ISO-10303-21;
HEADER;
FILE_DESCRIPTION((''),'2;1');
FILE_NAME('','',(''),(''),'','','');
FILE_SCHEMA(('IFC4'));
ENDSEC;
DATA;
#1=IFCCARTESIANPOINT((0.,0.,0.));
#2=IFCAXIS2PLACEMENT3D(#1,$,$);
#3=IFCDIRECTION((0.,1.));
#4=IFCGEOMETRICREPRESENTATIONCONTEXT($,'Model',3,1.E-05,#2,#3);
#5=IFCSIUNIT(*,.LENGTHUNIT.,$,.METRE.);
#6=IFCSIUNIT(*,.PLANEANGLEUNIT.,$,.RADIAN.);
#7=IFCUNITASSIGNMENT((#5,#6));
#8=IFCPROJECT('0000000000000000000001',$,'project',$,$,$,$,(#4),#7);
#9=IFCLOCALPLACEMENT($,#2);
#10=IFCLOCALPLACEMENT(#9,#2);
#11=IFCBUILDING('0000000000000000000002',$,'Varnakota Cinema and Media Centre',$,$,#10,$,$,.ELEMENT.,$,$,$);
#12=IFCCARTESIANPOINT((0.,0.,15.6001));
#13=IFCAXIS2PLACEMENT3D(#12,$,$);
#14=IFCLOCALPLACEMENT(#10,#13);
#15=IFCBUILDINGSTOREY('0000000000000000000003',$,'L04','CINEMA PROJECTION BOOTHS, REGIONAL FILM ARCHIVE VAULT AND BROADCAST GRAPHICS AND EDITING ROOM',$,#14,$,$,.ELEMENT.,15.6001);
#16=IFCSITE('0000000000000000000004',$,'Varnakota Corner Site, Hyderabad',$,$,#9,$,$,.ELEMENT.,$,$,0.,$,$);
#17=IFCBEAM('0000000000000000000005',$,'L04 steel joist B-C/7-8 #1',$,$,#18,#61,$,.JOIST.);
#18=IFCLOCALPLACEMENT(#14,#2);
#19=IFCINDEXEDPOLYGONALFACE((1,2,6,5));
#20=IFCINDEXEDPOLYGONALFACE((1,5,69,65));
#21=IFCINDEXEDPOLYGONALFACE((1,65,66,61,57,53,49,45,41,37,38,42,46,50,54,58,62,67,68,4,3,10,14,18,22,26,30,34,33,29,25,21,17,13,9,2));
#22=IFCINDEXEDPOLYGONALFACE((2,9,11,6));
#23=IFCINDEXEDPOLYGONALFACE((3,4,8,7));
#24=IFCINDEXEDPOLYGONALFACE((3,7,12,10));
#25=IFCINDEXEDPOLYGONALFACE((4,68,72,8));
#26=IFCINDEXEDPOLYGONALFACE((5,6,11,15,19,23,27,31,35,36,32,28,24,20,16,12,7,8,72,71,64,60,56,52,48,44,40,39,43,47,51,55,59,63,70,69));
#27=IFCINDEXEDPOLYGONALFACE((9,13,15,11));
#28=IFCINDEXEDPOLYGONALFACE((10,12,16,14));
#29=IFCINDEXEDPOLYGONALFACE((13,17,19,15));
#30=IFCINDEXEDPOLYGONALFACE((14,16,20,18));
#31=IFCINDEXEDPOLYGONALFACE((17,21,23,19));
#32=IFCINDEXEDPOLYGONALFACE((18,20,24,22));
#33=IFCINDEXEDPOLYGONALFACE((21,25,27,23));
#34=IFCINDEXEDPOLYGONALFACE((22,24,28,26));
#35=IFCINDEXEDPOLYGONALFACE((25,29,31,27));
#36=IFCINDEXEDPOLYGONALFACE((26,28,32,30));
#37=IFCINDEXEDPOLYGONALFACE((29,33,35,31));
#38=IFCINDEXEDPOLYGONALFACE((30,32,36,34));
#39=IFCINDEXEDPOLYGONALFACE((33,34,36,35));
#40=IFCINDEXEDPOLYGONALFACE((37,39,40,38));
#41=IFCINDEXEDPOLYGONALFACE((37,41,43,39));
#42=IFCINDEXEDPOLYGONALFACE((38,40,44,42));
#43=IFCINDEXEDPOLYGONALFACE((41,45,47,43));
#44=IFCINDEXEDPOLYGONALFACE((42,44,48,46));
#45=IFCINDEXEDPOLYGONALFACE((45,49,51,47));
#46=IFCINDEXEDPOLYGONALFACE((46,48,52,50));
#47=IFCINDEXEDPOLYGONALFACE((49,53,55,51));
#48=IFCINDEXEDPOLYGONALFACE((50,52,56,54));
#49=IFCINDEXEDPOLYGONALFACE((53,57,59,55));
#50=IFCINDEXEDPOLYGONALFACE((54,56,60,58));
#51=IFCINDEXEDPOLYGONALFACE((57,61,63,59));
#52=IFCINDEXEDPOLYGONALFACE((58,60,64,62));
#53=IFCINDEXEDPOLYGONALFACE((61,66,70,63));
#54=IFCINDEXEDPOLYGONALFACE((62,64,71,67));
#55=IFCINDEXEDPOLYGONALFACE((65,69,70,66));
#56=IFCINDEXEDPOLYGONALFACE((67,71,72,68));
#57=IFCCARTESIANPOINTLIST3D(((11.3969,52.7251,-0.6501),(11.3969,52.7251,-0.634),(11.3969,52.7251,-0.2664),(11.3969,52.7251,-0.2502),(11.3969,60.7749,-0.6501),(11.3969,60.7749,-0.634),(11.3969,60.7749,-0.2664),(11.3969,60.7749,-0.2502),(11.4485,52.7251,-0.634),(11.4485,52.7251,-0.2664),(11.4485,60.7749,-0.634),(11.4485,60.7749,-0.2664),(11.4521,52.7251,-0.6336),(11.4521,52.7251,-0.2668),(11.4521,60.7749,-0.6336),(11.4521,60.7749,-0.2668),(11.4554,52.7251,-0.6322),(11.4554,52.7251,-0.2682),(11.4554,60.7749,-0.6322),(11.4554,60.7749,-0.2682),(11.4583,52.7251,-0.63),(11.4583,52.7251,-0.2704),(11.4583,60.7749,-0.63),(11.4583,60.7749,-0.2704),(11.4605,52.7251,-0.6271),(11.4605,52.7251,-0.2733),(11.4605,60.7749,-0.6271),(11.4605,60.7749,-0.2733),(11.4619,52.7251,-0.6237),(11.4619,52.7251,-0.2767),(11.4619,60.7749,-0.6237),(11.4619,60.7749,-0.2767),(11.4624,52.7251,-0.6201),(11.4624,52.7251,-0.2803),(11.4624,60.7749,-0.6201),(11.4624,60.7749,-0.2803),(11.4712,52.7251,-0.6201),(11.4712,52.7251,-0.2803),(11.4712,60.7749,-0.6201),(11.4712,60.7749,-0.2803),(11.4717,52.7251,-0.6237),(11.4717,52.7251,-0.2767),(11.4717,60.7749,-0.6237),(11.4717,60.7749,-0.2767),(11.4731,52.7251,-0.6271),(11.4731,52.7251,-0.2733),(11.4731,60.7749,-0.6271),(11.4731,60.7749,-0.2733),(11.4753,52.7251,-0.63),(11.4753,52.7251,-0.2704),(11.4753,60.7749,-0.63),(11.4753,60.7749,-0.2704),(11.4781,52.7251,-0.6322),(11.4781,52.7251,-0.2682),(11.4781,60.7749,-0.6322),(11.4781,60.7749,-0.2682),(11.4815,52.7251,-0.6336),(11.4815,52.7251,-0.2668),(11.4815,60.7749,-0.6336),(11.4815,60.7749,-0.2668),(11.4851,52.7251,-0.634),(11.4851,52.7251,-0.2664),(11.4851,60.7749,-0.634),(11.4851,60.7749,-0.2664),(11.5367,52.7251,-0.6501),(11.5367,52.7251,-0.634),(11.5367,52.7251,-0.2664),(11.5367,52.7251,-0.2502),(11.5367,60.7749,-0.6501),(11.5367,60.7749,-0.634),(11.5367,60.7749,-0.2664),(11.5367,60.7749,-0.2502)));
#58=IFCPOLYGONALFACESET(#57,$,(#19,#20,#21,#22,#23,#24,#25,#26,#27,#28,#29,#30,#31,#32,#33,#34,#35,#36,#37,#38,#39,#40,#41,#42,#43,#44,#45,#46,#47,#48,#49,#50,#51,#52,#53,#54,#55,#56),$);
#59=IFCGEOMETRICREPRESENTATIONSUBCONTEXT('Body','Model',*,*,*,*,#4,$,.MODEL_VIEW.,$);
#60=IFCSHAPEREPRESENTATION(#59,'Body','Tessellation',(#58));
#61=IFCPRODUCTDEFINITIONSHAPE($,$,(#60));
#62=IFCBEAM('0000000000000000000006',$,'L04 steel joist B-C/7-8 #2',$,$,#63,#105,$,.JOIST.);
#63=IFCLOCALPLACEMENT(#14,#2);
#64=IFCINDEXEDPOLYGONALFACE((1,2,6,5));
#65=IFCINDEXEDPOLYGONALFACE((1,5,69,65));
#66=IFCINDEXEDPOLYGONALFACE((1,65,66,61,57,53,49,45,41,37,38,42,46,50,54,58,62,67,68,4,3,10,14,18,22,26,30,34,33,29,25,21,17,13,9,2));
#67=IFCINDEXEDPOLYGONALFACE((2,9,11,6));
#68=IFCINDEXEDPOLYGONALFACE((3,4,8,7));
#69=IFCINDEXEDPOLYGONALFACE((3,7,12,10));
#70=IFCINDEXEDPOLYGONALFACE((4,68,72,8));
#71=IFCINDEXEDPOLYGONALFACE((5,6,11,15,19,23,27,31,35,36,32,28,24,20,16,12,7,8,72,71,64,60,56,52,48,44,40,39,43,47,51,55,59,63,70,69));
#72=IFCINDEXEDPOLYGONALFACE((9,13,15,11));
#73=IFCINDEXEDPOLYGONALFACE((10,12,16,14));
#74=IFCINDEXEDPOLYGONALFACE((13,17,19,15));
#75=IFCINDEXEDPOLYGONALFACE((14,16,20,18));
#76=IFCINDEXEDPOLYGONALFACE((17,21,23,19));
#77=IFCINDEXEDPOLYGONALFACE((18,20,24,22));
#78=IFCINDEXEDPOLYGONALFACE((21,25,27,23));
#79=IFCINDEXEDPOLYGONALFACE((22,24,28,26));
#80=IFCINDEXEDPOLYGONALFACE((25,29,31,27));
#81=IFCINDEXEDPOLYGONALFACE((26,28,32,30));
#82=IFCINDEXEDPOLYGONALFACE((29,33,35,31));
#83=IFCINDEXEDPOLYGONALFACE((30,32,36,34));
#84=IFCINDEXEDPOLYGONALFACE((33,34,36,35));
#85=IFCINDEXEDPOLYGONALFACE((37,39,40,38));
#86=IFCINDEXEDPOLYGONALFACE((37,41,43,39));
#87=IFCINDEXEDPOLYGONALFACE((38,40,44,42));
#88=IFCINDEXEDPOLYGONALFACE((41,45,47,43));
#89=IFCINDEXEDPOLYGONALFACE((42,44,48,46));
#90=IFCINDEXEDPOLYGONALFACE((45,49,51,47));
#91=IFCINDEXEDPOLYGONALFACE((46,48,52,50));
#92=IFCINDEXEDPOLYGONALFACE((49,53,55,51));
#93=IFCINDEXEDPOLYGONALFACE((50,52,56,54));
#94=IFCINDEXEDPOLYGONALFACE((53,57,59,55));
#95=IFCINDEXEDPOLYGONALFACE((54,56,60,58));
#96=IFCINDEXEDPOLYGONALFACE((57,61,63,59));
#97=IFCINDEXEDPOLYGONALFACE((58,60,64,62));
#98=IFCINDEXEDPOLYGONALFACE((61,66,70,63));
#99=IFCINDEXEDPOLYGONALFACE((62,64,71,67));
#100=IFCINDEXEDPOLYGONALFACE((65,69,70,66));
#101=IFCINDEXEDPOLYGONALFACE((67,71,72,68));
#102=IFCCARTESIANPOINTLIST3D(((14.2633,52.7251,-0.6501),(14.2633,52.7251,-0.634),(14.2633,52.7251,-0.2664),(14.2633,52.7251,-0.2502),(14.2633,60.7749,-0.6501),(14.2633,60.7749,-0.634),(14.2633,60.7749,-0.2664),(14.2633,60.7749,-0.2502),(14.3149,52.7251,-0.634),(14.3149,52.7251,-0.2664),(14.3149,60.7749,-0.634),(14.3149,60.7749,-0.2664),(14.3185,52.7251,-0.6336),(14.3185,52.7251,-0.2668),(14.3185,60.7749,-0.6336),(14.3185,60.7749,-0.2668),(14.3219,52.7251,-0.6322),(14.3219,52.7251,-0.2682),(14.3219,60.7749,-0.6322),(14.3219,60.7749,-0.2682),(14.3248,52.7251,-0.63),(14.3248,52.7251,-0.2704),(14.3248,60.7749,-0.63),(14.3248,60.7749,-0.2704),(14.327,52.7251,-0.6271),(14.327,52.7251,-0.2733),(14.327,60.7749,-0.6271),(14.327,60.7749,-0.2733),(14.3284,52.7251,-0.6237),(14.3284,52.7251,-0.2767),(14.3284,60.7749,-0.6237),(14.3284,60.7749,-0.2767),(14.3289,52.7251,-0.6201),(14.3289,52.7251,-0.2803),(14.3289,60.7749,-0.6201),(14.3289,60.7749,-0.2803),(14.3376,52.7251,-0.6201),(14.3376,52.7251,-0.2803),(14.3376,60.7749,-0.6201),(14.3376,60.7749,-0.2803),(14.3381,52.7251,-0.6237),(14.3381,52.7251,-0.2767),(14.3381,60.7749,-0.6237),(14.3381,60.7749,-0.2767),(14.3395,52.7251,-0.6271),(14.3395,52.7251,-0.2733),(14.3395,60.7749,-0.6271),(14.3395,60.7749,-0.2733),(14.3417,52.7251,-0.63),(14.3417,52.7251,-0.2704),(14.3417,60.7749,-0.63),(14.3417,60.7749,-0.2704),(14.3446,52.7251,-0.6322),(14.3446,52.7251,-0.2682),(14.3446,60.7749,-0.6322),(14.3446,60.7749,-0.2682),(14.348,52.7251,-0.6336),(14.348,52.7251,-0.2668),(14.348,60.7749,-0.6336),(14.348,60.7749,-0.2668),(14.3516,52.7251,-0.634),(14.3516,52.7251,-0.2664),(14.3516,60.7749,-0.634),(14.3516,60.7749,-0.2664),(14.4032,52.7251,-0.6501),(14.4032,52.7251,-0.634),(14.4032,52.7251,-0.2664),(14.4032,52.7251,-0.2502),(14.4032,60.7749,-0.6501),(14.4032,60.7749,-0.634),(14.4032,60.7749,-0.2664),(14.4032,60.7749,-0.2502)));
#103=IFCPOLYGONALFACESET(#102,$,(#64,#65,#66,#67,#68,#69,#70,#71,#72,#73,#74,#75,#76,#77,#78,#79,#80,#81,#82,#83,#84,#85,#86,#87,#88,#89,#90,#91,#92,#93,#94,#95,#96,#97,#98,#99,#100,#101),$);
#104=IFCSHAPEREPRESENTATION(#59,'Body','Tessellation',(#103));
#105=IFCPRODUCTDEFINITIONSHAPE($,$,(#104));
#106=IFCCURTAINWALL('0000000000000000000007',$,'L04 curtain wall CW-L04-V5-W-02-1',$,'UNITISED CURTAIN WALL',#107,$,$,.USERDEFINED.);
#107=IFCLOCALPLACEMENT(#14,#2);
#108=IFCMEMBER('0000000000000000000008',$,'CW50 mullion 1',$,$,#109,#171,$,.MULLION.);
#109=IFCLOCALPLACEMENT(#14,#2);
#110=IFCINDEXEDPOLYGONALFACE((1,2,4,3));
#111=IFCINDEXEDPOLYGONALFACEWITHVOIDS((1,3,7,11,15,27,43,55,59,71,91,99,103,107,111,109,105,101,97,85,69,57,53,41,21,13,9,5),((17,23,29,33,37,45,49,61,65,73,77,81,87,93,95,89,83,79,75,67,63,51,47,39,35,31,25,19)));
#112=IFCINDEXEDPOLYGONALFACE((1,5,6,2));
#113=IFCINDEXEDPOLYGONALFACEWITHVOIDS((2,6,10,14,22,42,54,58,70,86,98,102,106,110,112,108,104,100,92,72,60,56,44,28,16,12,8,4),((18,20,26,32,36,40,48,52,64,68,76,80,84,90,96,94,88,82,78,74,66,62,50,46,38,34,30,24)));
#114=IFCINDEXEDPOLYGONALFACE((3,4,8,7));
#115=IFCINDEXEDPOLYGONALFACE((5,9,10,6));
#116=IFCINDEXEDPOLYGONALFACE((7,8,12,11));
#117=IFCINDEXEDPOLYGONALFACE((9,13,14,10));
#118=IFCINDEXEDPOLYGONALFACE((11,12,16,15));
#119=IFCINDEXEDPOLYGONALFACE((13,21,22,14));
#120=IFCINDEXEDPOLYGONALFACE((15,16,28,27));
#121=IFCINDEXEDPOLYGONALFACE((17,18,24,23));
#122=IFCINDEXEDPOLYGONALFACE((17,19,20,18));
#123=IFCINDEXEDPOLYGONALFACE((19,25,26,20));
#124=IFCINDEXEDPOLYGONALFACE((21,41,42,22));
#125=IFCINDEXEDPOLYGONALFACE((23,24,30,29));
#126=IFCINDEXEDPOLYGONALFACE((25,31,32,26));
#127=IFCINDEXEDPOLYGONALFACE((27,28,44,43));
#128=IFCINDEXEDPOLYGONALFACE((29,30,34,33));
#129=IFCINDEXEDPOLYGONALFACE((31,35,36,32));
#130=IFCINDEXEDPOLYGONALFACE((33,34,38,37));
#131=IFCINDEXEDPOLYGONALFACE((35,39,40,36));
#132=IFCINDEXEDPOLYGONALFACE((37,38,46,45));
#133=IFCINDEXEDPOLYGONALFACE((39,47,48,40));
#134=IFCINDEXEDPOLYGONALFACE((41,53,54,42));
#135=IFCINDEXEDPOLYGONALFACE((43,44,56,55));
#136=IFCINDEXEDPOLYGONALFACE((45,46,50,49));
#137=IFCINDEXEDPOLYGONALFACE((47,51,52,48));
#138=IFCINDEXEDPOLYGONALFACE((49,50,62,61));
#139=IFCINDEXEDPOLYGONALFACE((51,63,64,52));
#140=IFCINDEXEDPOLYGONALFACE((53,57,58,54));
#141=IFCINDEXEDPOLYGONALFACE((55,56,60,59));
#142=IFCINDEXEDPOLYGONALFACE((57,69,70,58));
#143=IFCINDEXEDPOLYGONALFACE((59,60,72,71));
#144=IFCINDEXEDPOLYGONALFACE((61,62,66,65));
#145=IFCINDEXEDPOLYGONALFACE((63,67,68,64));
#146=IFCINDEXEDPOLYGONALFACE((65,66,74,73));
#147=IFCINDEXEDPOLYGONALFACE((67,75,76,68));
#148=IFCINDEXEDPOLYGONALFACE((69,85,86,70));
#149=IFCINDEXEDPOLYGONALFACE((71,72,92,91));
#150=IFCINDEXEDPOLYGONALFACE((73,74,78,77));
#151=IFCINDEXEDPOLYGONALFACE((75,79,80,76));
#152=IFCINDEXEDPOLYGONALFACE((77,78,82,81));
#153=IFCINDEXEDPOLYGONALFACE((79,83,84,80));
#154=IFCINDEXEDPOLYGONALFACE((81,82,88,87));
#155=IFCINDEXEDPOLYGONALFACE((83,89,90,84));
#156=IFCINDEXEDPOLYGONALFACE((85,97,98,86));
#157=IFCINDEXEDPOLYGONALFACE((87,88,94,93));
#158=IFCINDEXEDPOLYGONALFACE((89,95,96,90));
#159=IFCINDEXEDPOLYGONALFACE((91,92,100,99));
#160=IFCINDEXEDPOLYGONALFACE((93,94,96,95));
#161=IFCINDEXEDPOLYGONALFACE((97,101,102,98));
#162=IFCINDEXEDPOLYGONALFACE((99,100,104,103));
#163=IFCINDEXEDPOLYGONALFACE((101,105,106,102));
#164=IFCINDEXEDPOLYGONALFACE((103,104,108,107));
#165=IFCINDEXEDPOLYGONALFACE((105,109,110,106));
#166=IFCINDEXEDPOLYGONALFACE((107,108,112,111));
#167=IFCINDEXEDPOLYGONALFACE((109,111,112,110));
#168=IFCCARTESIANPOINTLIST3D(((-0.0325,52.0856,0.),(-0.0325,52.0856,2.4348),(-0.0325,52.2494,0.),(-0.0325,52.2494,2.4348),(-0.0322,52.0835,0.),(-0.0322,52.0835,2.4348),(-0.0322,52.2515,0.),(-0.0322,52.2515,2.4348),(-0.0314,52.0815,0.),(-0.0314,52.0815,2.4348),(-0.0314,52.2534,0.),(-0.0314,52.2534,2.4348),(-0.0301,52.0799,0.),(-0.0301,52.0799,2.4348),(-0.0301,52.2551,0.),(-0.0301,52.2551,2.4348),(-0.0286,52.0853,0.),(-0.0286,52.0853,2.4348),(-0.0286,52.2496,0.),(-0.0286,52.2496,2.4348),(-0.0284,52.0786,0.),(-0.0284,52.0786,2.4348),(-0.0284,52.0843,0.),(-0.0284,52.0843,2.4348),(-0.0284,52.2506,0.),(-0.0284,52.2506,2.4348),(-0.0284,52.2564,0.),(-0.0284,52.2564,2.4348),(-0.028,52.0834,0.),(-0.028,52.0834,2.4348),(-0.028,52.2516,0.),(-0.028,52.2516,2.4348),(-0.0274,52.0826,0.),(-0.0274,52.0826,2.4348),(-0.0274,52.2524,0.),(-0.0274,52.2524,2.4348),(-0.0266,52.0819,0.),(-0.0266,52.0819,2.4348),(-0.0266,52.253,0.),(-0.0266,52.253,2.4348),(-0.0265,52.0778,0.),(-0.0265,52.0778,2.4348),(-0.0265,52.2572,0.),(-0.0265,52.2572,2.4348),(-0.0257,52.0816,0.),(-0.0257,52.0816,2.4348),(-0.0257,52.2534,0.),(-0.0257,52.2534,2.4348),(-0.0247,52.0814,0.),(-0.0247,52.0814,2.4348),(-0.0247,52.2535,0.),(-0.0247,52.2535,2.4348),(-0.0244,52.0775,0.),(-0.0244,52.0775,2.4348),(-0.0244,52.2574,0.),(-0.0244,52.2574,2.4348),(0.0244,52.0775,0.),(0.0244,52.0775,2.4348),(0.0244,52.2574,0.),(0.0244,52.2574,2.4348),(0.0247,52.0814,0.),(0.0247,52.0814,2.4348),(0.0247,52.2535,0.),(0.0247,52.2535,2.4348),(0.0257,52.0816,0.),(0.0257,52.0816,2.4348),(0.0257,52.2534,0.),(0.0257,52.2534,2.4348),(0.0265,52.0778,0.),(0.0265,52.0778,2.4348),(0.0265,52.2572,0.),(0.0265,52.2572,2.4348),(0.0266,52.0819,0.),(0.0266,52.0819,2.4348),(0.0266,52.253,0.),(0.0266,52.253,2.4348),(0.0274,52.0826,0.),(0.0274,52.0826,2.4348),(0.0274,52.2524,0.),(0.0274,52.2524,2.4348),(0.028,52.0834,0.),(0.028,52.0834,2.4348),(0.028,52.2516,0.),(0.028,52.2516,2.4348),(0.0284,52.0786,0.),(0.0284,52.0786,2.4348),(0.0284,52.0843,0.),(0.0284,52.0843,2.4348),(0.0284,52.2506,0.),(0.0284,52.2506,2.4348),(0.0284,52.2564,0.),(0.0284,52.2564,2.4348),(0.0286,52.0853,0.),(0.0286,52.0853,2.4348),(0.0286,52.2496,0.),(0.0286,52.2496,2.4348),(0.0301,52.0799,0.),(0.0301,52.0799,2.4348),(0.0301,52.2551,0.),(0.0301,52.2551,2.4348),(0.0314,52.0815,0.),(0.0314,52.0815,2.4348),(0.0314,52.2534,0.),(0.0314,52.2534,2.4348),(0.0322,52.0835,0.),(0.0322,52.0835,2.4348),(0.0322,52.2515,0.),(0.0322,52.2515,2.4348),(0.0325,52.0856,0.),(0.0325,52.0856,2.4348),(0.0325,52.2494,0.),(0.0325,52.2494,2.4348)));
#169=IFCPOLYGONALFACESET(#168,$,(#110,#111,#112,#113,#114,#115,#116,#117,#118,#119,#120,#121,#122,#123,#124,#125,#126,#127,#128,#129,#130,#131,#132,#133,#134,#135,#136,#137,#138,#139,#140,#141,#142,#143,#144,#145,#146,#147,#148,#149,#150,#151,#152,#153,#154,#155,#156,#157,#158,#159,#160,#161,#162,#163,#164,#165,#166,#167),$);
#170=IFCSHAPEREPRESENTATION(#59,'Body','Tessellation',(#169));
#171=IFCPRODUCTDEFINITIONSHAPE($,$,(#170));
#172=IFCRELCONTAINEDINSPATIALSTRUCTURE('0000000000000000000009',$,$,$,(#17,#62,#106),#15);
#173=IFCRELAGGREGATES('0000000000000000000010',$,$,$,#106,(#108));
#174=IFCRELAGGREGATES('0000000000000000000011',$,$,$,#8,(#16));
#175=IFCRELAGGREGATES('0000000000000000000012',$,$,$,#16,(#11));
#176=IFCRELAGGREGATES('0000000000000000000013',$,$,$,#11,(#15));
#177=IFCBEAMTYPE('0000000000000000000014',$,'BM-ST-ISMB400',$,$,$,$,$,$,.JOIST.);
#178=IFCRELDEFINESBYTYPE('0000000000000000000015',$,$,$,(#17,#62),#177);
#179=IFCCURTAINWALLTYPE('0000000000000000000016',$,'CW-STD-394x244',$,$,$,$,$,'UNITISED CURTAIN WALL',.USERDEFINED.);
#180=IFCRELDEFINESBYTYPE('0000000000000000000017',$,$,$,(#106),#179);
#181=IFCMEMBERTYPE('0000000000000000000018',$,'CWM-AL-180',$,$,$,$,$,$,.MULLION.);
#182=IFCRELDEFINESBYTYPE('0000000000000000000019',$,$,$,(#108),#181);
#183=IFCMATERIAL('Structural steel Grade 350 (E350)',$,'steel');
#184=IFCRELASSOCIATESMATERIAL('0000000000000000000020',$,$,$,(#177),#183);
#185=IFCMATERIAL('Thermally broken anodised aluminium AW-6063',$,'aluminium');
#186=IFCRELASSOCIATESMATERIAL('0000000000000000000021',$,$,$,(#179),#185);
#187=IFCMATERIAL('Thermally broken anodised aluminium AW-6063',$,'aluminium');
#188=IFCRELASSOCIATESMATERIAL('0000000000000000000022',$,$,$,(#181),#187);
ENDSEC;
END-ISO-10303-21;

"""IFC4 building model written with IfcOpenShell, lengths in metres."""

from ifc_helpers import new_model, si_unit, direction, frame, origin, origin_2d, place, context, subcontext, project, spatial, hollow_rectangle, i_section, extrude, material, material_profile, profile_set, type_object, element, aggregate, save


model = new_model("IFC4")

# Units and contexts
model_context = context("Model", 3, precision=1e-05, world=origin(), true_north=direction((0.0, 1.0)))
body_context = subcontext(model_context, "Body", "Model", "MODEL_VIEW")
ifc_project = project(units=[si_unit("LENGTHUNIT", "METRE"), si_unit("PLANEANGLEUNIT", "RADIAN")], contexts=[model_context])

# Site, building, storey
site_placement = place(None, origin())
site = spatial("IfcSite", under=ifc_project, at=site_placement, Name="Varnakota Corner Site, Hyderabad", CompositionType="ELEMENT", RefElevation=0.0)
building_placement = place(site_placement, origin())
building = spatial("IfcBuilding", under=site, at=building_placement, Name="Varnakota Cinema and Media Centre", CompositionType="ELEMENT")
storey_placement = place(building_placement, frame((0.0, 0.0, 15.6001)))
storey = spatial("IfcBuildingStorey", under=building, at=storey_placement, Name="L04", Description="CINEMA PROJECTION BOOTHS, REGIONAL FILM ARCHIVE VAULT AND BROADCAST GRAPHICS AND EDITING ROOM", CompositionType="ELEMENT", Elevation=15.6001)

# Beams
ifc_material_1 = material(Name="Structural steel Grade 350 (E350)", Category="steel")
ifc_material_profile_1 = material_profile(ifc_material_1, i_section(OverallWidth=0.1399, OverallDepth=0.3999, WebThickness=0.0088, FlangeThickness=0.0161, FilletRadius=0.0139, at=origin_2d()), Name="ISMB 400")
ifc_profile_set_1 = profile_set([ifc_material_profile_1], Name="Structural steel Grade 350 (E350)")
beam_type_1 = type_object("IfcBeamType", Name="BM-ST-ISMB400", PredefinedType="JOIST", material=ifc_profile_set_1)
for number, where, z_axis, x_axis, name in (
    (1, (11.4668, 52.7251, -0.4502), (0.0, 1.0, 0.0), (-1.0, 0.0, 0.0), "L04 steel joist B-C/7-8 #1"),
    (2, (14.3333, 52.7251, -0.4502), (0.0, 1.0, 0.0), (-1.0, 0.0, 0.0), "L04 steel joist B-C/7-8 #2"),
):
    element("IfcBeam", number, at=place(storey_placement, frame(where, z_axis=z_axis, x_axis=x_axis)), inside=storey, type_object=beam_type_1, Name=name, PredefinedType="JOIST", context=body_context, shape_type="SweptSolid", body=[
        extrude(i_section(OverallWidth=0.1399, OverallDepth=0.3999, WebThickness=0.0088, FlangeThickness=0.0161, FilletRadius=0.0139, at=origin_2d()), origin(), (0.0, 0.0, 1.0), 8.0498),
    ])

# Curtain wall, member
ifc_material_2 = material(Name="Thermally broken anodised aluminium AW-6063", Category="aluminium")
curtain_wall_type = type_object("IfcCurtainWallType", Name="CW-STD-394x244", ElementType="UNITISED CURTAIN WALL", PredefinedType="USERDEFINED", material=ifc_material_2)
curtain_wall_placement = place(storey_placement, origin())
curtain_wall = element("IfcCurtainWall", 3, at=curtain_wall_placement, inside=storey, type_object=curtain_wall_type, Name="L04 curtain wall CW-L04-V5-W-02-1", ObjectType="UNITISED CURTAIN WALL", PredefinedType="USERDEFINED")
ifc_material_3 = material(Name="Thermally broken anodised aluminium AW-6063", Category="aluminium")
ifc_material_profile_2 = material_profile(ifc_material_3, hollow_rectangle(XDim=0.0649, YDim=0.1799, WallThickness=0.0039, InnerFilletRadius=0.0039, OuterFilletRadius=0.0081, at=origin_2d()), Name="AL-MULLION 180x65x4")
ifc_profile_set_2 = profile_set([ifc_material_profile_2], Name="Thermally broken anodised aluminium AW-6063")
member_type_1 = type_object("IfcMemberType", Name="CWM-AL-180", PredefinedType="MULLION", material=ifc_profile_set_2)
member_1_placement = place(storey_placement, frame((0.0, 52.1675, 0.0), z_axis=(0.0, 0.0, 1.0), x_axis=(1.0, 0.0, 0.0)))
member_1 = element("IfcMember", 4, at=member_1_placement, type_object=member_type_1, Name="CW50 mullion 1", PredefinedType="MULLION", context=body_context, shape_type="SweptSolid", body=[
    extrude(hollow_rectangle(XDim=0.0649, YDim=0.1799, WallThickness=0.0039, InnerFilletRadius=0.0039, OuterFilletRadius=0.0081, at=origin_2d()), origin(), (0.0, 0.0, 1.0), 2.4348),
])
aggregate(curtain_wall, [member_1])

save(model, "model.ifc")
